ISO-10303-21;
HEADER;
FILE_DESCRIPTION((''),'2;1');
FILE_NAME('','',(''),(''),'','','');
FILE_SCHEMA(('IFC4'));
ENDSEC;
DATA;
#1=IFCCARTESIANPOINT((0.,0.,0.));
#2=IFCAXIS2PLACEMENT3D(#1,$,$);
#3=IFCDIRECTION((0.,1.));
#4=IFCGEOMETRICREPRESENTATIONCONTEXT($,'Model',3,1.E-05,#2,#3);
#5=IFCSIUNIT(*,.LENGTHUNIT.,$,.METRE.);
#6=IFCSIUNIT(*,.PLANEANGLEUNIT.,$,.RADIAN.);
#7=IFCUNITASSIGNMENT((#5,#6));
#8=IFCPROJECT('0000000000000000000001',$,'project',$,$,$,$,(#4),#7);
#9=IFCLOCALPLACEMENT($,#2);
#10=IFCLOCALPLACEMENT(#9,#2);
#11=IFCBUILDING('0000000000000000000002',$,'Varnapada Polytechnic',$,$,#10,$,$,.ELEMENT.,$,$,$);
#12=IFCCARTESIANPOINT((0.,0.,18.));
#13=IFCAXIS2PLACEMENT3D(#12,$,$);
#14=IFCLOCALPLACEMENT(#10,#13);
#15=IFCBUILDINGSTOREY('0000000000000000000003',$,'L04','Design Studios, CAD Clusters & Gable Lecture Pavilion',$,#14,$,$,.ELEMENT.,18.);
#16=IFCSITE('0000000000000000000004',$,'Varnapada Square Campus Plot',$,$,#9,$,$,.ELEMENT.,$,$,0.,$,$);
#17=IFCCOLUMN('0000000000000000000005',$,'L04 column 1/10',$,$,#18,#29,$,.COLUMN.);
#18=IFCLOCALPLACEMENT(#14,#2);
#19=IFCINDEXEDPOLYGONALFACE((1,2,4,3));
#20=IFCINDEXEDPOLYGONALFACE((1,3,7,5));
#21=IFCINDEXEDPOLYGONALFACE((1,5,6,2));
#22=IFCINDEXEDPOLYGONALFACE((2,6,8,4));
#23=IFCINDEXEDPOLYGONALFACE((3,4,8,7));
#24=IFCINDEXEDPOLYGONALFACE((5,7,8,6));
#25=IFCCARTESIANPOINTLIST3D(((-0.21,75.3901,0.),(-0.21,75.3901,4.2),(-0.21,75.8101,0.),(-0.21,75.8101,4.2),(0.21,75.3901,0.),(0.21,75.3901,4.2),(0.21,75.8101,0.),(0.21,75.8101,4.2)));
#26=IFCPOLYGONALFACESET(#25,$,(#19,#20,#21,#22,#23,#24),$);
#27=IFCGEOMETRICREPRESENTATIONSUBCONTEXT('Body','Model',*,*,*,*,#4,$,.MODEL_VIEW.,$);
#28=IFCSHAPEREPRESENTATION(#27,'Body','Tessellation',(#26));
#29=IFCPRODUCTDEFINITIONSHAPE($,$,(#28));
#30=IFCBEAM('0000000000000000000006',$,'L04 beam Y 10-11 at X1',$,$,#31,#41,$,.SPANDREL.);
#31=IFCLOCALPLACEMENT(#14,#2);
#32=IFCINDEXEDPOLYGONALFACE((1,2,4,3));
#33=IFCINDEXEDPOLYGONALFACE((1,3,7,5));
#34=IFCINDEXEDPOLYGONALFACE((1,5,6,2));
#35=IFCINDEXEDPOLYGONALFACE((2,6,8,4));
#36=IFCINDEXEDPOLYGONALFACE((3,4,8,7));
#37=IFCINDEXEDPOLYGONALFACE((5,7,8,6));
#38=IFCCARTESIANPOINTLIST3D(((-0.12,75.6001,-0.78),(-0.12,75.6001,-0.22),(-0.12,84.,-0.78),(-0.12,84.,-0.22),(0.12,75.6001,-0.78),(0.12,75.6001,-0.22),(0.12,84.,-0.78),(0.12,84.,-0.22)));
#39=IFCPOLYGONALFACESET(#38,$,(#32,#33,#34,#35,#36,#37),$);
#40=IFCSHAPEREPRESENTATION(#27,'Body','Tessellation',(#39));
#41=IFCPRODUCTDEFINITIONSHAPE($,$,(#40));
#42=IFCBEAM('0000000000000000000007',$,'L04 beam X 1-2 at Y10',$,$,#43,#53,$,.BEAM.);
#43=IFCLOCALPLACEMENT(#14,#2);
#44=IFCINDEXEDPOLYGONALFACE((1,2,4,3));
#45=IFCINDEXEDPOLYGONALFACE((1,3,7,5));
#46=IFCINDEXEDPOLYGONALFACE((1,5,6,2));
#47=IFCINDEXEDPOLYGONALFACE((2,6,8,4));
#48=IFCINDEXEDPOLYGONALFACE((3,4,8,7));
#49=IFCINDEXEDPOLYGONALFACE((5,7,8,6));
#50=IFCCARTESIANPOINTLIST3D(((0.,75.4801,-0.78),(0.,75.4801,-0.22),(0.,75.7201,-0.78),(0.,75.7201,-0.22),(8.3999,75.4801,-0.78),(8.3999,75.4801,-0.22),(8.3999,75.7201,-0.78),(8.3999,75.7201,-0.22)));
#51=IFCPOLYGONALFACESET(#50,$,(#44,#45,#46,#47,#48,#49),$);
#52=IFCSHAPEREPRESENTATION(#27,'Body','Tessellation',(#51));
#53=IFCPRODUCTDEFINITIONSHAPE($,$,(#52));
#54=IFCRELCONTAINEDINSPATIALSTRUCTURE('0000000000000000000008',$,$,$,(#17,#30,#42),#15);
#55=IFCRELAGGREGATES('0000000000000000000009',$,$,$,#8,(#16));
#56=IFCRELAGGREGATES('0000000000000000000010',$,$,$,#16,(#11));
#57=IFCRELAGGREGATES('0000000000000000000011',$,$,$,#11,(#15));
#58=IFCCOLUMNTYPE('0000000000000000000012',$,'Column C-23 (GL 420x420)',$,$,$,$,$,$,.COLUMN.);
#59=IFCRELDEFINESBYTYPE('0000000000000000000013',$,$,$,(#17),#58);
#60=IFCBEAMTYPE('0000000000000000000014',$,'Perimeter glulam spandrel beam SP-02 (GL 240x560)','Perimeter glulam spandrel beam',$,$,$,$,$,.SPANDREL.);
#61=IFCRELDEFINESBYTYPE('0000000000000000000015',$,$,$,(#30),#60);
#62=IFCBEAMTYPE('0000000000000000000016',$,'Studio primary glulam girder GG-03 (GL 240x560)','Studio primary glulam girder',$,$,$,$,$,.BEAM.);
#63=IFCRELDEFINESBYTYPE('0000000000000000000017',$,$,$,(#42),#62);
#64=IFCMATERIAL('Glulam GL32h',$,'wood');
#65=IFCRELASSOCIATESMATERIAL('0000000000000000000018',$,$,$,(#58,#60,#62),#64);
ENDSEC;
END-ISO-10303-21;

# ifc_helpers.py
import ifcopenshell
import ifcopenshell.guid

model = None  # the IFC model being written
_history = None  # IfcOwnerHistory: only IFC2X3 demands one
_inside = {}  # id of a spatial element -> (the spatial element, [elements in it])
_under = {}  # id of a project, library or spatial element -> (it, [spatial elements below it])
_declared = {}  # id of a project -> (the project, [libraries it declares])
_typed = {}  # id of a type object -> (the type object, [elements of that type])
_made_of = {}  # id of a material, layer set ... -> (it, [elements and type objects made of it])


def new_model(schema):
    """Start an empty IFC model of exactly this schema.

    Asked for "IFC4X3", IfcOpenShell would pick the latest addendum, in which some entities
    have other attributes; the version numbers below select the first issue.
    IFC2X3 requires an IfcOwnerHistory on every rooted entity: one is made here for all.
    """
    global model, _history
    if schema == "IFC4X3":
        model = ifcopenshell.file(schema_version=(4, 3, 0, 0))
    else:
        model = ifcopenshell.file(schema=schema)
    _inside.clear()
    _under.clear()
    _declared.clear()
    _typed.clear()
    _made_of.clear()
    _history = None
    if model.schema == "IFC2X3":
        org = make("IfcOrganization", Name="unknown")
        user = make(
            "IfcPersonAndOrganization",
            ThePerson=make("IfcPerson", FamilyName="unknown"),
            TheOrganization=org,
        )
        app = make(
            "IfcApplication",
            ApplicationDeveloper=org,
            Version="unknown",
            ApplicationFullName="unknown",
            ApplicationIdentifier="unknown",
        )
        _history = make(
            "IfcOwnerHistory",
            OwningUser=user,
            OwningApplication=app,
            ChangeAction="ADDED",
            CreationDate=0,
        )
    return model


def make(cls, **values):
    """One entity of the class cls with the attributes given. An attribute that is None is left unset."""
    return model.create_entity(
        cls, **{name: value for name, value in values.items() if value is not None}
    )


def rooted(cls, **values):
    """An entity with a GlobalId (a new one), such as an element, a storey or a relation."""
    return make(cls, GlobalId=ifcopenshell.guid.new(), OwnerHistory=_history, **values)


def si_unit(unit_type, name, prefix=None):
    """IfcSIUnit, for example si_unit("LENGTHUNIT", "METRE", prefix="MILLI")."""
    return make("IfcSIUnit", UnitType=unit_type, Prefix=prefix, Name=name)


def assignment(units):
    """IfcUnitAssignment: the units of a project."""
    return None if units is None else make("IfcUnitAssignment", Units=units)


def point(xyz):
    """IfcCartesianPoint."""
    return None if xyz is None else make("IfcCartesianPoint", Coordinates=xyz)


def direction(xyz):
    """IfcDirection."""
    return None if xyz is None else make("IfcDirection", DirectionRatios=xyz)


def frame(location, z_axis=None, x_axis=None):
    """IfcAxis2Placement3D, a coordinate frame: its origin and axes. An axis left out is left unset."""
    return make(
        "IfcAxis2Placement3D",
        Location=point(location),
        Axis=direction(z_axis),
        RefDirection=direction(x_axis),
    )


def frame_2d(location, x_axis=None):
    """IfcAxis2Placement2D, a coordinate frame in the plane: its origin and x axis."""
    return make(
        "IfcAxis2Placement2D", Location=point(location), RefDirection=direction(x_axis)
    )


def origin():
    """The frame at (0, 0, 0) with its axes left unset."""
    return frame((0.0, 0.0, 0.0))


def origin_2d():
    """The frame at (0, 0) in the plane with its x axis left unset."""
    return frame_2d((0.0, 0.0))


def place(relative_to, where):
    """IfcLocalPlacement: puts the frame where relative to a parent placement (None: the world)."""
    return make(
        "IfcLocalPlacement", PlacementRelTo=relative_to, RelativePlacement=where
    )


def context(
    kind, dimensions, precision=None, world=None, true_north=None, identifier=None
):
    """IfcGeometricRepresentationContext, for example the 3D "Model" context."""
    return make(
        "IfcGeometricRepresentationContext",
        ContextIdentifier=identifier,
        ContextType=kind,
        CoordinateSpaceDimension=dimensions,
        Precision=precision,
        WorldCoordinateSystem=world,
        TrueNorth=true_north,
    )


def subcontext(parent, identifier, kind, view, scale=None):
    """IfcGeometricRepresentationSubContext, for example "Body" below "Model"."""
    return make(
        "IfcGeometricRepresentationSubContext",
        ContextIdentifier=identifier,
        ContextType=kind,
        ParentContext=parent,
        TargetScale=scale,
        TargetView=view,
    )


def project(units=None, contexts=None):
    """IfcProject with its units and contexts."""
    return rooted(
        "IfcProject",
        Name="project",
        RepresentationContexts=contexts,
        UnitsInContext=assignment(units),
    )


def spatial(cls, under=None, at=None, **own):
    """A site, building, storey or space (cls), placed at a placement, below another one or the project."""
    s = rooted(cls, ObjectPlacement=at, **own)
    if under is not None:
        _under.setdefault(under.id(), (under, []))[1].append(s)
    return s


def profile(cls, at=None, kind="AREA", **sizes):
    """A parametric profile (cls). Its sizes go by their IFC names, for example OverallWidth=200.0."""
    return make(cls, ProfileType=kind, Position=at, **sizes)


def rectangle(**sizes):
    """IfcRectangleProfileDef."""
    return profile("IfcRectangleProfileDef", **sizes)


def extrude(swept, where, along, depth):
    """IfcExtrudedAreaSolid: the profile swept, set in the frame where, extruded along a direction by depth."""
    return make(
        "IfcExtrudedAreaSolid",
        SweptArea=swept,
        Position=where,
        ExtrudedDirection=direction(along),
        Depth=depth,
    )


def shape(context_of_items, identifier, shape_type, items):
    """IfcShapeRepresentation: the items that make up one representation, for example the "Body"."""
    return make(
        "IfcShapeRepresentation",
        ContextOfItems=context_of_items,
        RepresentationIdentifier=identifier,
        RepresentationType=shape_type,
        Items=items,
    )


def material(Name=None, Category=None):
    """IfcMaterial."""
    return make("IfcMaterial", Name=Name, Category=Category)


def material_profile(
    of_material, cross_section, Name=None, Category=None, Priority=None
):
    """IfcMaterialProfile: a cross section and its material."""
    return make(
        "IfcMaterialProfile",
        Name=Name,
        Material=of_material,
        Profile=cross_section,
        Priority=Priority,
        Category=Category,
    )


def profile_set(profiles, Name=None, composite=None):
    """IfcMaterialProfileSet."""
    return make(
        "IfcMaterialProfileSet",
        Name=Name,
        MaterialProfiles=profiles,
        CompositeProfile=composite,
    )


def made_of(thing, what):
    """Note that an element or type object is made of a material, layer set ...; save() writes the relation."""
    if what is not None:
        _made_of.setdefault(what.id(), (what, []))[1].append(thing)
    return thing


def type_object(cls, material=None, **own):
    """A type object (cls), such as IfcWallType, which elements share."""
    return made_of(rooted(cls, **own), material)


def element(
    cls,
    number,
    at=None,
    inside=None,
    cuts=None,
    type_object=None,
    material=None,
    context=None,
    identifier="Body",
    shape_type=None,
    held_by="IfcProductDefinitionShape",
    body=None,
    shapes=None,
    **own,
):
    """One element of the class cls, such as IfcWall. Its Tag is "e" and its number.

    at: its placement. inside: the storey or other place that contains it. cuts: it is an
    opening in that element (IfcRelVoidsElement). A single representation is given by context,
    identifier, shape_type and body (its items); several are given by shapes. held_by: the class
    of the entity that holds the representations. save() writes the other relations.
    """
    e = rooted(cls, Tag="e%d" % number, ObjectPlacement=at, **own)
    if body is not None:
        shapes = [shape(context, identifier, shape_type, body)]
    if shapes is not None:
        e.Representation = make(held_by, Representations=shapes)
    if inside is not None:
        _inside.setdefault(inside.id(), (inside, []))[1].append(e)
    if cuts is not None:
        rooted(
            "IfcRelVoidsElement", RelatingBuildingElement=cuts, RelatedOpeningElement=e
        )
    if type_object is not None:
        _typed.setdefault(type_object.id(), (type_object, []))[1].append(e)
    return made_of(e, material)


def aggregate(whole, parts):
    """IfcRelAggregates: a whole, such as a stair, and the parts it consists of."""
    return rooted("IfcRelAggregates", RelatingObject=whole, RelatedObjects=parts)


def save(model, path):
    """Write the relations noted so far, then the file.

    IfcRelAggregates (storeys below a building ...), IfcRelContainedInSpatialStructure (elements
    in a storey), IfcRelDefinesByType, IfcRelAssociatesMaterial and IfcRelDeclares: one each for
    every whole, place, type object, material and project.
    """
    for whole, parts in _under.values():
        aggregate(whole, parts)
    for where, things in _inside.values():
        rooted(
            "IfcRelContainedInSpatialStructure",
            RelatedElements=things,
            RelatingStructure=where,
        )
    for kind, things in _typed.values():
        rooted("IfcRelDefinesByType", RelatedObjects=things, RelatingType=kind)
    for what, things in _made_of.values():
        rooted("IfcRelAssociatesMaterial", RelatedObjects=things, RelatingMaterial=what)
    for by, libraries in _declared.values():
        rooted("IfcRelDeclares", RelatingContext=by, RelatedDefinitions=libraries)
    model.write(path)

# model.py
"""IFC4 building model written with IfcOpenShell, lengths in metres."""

from ifc_helpers import new_model, si_unit, direction, frame, origin, origin_2d, place, context, subcontext, project, spatial, rectangle, extrude, material, material_profile, profile_set, type_object, element, save


model = new_model("IFC4")

# Units and contexts
model_context = context("Model", 3, precision=1e-05, world=origin(), true_north=direction((0.0, 1.0)))
body_context = subcontext(model_context, "Body", "Model", "MODEL_VIEW")
ifc_project = project(units=[si_unit("LENGTHUNIT", "METRE"), si_unit("PLANEANGLEUNIT", "RADIAN")], contexts=[model_context])

# Site, building, storey
site_placement = place(None, origin())
site = spatial("IfcSite", under=ifc_project, at=site_placement, Name="Varnapada Square Campus Plot", CompositionType="ELEMENT", RefElevation=0.0)
building_placement = place(site_placement, origin())
building = spatial("IfcBuilding", under=site, at=building_placement, Name="Varnapada Polytechnic", CompositionType="ELEMENT")
storey_placement = place(building_placement, frame((0.0, 0.0, 18.0)))
storey = spatial("IfcBuildingStorey", under=building, at=storey_placement, Name="L04", Description="Design Studios, CAD Clusters & Gable Lecture Pavilion", CompositionType="ELEMENT", Elevation=18.0)

# Column
ifc_material_1 = material(Name="Glulam GL32h", Category="wood")
ifc_material_profile_1 = material_profile(ifc_material_1, rectangle(XDim=0.4199, YDim=0.4199, at=origin_2d()), Name="GL 420x420")
ifc_profile_set_1 = profile_set([ifc_material_profile_1], Name="Glulam GL32h")
column_type = type_object("IfcColumnType", Name="Column C-23 (GL 420x420)", PredefinedType="COLUMN", material=ifc_profile_set_1)
column_placement = place(storey_placement, frame((0.0, 75.6001, 0.0), z_axis=(0.0, 0.0, 1.0), x_axis=(1.0, 0.0, 0.0)))
element("IfcColumn", 1, at=column_placement, inside=storey, type_object=column_type, Name="L04 column 1/10", PredefinedType="COLUMN", context=body_context, shape_type="SweptSolid", body=[
    extrude(rectangle(XDim=0.4199, YDim=0.4199, at=origin_2d()), origin(), (0.0, 0.0, 1.0), 4.2),
])

# Beams
ifc_material_profile_2 = material_profile(ifc_material_1, rectangle(XDim=0.24, YDim=0.5601, at=origin_2d()), Name="GL 240x560")
ifc_profile_set_2 = profile_set([ifc_material_profile_2], Name="Glulam GL32h")
beam_type_1 = type_object("IfcBeamType", Name="Perimeter glulam spandrel beam SP-02 (GL 240x560)", Description="Perimeter glulam spandrel beam", PredefinedType="SPANDREL", material=ifc_profile_set_2)
beam_1_placement = place(storey_placement, frame((0.0, 75.6001, -0.5), z_axis=(0.0, 1.0, 0.0), x_axis=(-1.0, 0.0, 0.0)))
element("IfcBeam", 2, at=beam_1_placement, inside=storey, type_object=beam_type_1, Name="L04 beam Y 10-11 at X1", PredefinedType="SPANDREL", context=body_context, shape_type="SweptSolid", body=[
    extrude(rectangle(XDim=0.24, YDim=0.5601, at=origin_2d()), origin(), (0.0, 0.0, 1.0), 8.3999),
])
ifc_material_profile_3 = material_profile(ifc_material_1, rectangle(XDim=0.24, YDim=0.5601, at=origin_2d()), Name="GL 240x560")
ifc_profile_set_3 = profile_set([ifc_material_profile_3], Name="Glulam GL32h")
beam_type_2 = type_object("IfcBeamType", Name="Studio primary glulam girder GG-03 (GL 240x560)", Description="Studio primary glulam girder", PredefinedType="BEAM", material=ifc_profile_set_3)
beam_2_placement = place(storey_placement, frame((0.0, 75.6001, -0.5), z_axis=(1.0, 0.0, 0.0), x_axis=(0.0, 1.0, 0.0)))
element("IfcBeam", 3, at=beam_2_placement, inside=storey, type_object=beam_type_2, Name="L04 beam X 1-2 at Y10", PredefinedType="BEAM", context=body_context, shape_type="SweptSolid", body=[
    extrude(rectangle(XDim=0.24, YDim=0.5601, at=origin_2d()), origin(), (0.0, 0.0, 1.0), 8.3999),
])

save(model, "model.ifc")
